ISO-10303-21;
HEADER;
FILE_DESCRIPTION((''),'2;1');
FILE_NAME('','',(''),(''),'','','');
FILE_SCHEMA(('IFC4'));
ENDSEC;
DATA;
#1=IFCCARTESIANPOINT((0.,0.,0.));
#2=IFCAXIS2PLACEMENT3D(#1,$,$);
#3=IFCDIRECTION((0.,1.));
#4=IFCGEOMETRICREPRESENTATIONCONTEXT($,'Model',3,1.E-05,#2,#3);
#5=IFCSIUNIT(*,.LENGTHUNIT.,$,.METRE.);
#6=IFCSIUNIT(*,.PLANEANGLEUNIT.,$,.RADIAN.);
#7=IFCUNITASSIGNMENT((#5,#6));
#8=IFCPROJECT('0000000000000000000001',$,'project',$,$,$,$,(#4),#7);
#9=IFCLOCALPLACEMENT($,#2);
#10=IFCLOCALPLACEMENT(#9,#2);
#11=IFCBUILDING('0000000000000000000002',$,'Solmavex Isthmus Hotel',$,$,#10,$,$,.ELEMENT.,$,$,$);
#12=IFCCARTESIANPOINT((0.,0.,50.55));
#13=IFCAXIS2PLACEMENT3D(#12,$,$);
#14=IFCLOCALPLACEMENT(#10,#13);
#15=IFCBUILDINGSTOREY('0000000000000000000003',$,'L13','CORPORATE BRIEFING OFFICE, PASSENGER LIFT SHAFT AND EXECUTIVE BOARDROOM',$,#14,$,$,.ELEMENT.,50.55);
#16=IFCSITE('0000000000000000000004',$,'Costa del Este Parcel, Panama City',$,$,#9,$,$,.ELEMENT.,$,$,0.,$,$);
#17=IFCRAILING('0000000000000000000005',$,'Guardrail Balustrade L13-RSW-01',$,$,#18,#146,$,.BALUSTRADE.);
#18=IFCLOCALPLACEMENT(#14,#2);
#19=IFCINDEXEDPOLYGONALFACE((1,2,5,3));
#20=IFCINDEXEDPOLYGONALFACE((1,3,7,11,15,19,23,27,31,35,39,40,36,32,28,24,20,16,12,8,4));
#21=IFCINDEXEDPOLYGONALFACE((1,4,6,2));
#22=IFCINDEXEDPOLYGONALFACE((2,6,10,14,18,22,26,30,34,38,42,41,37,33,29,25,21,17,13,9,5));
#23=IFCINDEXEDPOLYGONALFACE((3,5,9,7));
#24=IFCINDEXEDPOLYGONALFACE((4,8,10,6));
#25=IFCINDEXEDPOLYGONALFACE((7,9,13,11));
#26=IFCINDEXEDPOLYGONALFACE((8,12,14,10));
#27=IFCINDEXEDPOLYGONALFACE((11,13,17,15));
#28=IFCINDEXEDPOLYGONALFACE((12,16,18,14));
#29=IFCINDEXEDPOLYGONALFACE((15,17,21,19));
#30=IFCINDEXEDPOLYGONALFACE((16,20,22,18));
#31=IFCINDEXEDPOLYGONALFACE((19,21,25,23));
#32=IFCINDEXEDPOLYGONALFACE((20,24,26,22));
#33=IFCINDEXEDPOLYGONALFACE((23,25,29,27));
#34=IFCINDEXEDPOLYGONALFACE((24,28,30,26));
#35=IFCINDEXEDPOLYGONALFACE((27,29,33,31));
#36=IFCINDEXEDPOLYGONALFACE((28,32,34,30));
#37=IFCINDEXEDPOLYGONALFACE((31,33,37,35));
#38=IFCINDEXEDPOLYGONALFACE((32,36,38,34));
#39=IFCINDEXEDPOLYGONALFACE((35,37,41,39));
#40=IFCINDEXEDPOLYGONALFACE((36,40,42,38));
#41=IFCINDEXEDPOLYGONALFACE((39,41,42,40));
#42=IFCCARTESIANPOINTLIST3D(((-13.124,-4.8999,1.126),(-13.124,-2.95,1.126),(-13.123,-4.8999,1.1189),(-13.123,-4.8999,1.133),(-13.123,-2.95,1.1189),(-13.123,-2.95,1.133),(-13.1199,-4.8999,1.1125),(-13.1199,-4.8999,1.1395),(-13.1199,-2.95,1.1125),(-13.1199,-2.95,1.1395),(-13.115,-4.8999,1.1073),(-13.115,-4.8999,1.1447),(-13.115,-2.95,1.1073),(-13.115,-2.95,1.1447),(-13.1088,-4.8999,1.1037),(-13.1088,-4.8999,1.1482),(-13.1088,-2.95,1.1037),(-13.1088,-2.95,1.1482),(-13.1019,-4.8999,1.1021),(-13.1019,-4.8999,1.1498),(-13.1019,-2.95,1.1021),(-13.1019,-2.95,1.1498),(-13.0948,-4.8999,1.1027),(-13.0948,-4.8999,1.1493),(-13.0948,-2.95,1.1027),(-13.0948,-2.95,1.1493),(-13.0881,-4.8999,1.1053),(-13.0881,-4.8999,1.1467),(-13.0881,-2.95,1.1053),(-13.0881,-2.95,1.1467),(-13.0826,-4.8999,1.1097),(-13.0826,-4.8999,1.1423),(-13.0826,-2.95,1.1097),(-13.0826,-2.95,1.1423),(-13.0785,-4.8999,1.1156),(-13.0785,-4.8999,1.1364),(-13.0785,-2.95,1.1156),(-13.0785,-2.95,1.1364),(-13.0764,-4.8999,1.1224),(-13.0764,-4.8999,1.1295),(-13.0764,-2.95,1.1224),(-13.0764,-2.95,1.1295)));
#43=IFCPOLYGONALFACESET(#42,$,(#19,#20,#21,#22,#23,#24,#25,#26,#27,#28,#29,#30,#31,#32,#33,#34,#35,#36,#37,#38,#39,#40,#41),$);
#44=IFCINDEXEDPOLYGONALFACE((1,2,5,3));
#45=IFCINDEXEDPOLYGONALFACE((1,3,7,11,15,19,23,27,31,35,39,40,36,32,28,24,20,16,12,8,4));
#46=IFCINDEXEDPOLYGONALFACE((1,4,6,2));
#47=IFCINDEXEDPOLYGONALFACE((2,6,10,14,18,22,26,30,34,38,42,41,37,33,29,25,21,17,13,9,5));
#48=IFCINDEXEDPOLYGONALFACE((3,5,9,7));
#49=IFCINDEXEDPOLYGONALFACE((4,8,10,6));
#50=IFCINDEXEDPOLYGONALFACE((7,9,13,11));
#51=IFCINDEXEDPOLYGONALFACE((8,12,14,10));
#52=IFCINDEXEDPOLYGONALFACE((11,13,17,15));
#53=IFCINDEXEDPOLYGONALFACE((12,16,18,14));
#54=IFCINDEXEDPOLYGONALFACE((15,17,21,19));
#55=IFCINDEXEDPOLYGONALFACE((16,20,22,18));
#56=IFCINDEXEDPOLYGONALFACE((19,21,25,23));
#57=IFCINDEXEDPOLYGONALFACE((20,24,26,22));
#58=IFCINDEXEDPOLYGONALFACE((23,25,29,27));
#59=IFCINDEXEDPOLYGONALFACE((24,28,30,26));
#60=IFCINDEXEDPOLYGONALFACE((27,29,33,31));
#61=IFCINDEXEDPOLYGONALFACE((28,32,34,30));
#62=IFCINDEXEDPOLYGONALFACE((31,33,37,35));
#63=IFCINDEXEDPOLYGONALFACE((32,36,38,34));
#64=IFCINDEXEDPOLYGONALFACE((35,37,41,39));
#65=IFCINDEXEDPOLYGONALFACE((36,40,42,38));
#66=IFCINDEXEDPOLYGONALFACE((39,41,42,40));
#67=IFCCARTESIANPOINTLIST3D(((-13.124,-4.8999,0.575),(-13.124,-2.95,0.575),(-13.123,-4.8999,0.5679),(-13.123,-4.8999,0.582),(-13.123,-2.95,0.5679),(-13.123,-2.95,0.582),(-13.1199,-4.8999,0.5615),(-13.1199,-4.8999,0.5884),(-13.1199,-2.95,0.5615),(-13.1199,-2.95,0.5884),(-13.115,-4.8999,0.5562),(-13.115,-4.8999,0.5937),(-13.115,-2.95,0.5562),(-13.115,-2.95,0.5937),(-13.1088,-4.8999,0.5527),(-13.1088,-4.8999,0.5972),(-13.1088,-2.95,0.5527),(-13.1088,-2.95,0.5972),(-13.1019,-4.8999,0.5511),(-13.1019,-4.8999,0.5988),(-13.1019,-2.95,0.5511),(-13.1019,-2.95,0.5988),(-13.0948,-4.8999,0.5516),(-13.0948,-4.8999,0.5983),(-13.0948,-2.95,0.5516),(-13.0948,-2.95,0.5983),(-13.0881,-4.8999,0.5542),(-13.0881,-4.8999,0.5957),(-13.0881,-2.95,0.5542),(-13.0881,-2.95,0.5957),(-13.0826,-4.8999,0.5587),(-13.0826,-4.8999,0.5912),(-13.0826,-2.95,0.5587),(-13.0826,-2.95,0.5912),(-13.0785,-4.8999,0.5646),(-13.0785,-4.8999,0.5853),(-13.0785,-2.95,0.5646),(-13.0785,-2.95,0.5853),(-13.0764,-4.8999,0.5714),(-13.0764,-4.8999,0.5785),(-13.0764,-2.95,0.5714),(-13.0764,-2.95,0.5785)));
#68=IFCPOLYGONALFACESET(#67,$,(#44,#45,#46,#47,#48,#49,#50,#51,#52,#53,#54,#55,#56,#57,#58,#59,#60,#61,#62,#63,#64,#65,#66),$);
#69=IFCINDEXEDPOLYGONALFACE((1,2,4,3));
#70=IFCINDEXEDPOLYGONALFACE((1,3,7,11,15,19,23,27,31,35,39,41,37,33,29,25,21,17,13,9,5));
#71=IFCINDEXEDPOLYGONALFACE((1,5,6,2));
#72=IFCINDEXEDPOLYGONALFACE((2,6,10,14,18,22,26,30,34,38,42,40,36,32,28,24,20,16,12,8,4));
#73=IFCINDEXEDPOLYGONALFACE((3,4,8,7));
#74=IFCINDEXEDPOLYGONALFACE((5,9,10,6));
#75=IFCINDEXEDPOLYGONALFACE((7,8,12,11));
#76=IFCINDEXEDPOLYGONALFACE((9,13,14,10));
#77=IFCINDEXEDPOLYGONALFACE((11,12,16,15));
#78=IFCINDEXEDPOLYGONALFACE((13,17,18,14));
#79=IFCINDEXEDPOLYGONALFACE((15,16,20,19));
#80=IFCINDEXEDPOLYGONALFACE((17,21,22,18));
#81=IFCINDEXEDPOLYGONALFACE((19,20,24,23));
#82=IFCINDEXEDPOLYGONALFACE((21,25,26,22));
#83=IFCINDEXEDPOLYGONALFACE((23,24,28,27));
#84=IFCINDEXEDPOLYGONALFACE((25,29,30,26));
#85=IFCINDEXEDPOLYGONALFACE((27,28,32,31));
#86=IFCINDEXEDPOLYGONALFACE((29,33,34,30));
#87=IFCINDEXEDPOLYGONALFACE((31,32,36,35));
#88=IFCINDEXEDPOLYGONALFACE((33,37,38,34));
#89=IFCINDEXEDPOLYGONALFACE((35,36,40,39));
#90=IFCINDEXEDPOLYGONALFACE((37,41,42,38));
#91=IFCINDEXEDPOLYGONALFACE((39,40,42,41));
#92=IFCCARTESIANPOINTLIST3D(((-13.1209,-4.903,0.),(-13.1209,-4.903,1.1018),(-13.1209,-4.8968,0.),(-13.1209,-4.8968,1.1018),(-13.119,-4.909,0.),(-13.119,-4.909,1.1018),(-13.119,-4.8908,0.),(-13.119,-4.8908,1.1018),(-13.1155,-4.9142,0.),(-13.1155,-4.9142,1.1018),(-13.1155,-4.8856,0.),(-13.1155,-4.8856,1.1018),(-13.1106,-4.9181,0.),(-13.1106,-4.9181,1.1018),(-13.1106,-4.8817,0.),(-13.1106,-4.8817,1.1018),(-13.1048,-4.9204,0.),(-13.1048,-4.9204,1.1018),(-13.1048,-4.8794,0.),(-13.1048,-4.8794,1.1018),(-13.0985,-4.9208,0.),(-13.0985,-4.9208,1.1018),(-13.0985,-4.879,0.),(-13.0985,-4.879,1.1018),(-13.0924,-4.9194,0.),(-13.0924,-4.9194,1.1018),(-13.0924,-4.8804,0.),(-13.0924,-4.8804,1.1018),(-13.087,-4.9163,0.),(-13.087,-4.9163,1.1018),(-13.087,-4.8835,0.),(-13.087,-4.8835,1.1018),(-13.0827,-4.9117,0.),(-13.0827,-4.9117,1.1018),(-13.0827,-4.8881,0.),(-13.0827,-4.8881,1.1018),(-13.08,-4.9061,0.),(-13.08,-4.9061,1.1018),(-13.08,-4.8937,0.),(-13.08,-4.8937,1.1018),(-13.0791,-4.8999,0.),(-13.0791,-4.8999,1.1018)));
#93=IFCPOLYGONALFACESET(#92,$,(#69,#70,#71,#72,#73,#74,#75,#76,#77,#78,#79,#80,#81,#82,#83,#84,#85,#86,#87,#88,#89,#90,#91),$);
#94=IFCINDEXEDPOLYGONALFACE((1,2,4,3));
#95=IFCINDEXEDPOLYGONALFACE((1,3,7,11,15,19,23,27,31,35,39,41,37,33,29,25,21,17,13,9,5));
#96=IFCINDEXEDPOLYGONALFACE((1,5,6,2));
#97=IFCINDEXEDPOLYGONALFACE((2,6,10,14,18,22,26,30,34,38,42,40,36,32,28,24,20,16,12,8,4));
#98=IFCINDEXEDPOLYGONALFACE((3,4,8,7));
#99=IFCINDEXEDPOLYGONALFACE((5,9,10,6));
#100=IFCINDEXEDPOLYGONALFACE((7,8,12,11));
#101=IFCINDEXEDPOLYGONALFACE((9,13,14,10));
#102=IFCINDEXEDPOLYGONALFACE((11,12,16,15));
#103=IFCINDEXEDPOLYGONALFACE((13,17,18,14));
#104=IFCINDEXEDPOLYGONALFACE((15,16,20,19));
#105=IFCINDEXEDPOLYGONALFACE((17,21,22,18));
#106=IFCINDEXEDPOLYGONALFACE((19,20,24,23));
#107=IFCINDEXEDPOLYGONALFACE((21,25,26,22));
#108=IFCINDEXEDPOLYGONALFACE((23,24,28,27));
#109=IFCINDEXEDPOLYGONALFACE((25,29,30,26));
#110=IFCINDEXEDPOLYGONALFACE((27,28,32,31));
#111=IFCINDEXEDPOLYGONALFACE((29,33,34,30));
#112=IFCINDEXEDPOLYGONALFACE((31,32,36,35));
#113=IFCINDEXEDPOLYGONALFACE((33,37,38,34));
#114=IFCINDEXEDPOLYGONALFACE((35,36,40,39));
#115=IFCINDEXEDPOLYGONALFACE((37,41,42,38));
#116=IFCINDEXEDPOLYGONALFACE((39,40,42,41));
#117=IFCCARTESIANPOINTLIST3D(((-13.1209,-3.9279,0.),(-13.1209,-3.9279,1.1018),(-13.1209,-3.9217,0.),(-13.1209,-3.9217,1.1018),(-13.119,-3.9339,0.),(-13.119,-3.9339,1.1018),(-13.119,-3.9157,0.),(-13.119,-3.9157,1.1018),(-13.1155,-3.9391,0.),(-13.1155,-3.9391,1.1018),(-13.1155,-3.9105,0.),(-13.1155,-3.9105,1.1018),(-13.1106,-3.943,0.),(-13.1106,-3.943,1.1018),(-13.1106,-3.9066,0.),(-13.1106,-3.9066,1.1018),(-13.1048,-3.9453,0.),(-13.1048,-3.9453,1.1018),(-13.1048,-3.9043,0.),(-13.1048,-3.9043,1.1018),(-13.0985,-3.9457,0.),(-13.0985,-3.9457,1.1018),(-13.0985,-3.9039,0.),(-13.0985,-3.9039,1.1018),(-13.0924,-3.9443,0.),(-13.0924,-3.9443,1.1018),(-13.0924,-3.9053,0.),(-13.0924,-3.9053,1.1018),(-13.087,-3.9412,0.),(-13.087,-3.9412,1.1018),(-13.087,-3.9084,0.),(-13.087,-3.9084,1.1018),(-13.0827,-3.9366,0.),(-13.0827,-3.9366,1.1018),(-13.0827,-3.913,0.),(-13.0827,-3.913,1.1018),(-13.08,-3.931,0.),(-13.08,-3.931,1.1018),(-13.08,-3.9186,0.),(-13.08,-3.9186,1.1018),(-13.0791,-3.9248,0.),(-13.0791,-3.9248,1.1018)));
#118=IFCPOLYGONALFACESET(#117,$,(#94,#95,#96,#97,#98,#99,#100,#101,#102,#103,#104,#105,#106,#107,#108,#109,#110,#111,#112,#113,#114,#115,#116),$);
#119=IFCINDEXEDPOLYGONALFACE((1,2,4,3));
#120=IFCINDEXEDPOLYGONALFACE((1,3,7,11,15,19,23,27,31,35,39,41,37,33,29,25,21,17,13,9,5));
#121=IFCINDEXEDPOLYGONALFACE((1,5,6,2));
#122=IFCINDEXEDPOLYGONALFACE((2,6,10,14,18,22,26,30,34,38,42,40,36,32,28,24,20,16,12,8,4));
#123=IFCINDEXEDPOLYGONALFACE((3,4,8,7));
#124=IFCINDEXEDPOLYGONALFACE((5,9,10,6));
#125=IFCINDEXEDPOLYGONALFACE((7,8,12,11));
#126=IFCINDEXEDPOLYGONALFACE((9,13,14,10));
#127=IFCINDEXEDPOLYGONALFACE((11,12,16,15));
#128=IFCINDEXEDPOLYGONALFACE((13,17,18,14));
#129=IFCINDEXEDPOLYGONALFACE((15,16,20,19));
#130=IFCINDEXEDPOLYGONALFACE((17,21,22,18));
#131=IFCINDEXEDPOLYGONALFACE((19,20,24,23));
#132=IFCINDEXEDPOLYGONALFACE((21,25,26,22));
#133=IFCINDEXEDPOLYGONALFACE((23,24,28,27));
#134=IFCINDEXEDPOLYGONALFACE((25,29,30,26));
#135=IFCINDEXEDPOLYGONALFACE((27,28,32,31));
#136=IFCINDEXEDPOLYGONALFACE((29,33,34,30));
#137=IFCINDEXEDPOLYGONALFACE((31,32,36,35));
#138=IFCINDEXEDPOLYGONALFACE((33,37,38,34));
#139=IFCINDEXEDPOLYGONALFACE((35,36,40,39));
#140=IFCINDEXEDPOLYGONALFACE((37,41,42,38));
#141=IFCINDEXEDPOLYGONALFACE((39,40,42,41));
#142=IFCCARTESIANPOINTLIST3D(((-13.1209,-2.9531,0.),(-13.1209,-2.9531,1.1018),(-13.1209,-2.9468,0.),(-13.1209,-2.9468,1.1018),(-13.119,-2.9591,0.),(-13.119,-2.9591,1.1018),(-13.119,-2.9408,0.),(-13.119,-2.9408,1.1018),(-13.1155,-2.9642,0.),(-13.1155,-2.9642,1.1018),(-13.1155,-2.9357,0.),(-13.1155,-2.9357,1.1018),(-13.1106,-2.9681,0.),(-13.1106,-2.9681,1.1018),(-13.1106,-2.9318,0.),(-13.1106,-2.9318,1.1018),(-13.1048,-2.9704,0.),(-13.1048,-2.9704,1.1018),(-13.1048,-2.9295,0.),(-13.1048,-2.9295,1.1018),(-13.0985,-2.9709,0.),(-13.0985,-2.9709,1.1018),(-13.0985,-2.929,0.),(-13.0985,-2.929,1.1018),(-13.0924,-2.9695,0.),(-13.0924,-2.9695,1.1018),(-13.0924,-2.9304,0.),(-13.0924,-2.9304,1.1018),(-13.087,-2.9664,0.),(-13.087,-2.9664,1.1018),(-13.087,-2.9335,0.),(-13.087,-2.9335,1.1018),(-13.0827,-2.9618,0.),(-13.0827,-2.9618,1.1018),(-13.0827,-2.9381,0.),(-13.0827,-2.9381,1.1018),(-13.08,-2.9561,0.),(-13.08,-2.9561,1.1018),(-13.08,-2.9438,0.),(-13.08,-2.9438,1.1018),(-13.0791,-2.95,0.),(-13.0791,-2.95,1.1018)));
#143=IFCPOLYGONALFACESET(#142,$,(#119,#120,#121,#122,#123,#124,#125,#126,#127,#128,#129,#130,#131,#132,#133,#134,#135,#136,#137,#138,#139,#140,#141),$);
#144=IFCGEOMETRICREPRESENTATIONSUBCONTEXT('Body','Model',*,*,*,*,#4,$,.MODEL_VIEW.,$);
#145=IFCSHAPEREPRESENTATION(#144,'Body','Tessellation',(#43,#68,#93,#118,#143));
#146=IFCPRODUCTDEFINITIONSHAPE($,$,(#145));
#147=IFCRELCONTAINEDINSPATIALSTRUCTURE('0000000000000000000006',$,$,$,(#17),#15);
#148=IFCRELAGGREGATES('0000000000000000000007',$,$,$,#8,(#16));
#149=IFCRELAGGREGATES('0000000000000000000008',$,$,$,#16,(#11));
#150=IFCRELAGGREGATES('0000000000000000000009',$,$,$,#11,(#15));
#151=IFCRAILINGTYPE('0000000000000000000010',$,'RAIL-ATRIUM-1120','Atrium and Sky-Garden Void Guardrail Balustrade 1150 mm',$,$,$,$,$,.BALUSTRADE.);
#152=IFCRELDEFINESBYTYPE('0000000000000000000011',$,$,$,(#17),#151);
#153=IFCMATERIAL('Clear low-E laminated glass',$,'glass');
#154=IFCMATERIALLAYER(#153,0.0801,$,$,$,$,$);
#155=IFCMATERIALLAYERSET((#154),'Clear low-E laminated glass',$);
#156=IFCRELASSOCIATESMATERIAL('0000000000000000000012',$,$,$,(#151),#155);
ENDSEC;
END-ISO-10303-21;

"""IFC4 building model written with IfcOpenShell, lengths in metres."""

from ifc_helpers import new_model, si_unit, direction, frame, origin, origin_2d, place, context, subcontext, project, spatial, circle, extrude, material, layer, layer_set, type_object, element, save


model = new_model("IFC4")

# Units and contexts
model_context = context("Model", 3, precision=1e-05, world=origin(), true_north=direction((0.0, 1.0)))
body_context = subcontext(model_context, "Body", "Model", "MODEL_VIEW")
ifc_project = project(units=[si_unit("LENGTHUNIT", "METRE"), si_unit("PLANEANGLEUNIT", "RADIAN")], contexts=[model_context])

# Site, building, storey
site_placement = place(None, origin())
site = spatial("IfcSite", under=ifc_project, at=site_placement, Name="Costa del Este Parcel, Panama City", CompositionType="ELEMENT", RefElevation=0.0)
building_placement = place(site_placement, origin())
building = spatial("IfcBuilding", under=site, at=building_placement, Name="Solmavex Isthmus Hotel", CompositionType="ELEMENT")
storey_placement = place(building_placement, frame((0.0, 0.0, 50.55)))
storey = spatial("IfcBuildingStorey", under=building, at=storey_placement, Name="L13", Description="CORPORATE BRIEFING OFFICE, PASSENGER LIFT SHAFT AND EXECUTIVE BOARDROOM", CompositionType="ELEMENT", Elevation=50.55)

# Railing
ifc_material_1 = material(Name="Clear low-E laminated glass", Category="glass")
ifc_layer_1 = layer(ifc_material_1, 0.0801)
ifc_layer_set_1 = layer_set([ifc_layer_1], Name="Clear low-E laminated glass")
railing_type_1 = type_object("IfcRailingType", Name="RAIL-ATRIUM-1120", Description="Atrium and Sky-Garden Void Guardrail Balustrade 1150 mm", PredefinedType="BALUSTRADE", material=ifc_layer_set_1)
railing_1_placement = place(storey_placement, frame((-13.1001, -4.8999, 0.0)))
element("IfcRailing", 1, at=railing_1_placement, inside=storey, type_object=railing_type_1, Name="Guardrail Balustrade L13-RSW-01", PredefinedType="BALUSTRADE", context=body_context, shape_type="SweptSolid", body=[
    extrude(circle(Radius=0.0239, at=origin_2d()), frame((0.0, 0.0, 1.126), z_axis=(0.0, 1.0, 0.0), x_axis=(-1.0, 0.0, 0.0)), (0.0, 0.0, 1.0), 1.95),
    extrude(circle(Radius=0.0239, at=origin_2d()), frame((0.0, 0.0, 0.575), z_axis=(0.0, 1.0, 0.0), x_axis=(-1.0, 0.0, 0.0)), (0.0, 0.0, 1.0), 1.95),
    extrude(circle(Radius=0.021, at=origin_2d()), origin(), (0.0, 0.0, 1.0), 1.1018),
    extrude(circle(Radius=0.021, at=origin_2d()), frame((0.0, 0.9751, 0.0)), (0.0, 0.0, 1.0), 1.1018),
    extrude(circle(Radius=0.021, at=origin_2d()), frame((0.0, 1.95, 0.0)), (0.0, 0.0, 1.0), 1.1018),
])

save(model, "model.ifc")
